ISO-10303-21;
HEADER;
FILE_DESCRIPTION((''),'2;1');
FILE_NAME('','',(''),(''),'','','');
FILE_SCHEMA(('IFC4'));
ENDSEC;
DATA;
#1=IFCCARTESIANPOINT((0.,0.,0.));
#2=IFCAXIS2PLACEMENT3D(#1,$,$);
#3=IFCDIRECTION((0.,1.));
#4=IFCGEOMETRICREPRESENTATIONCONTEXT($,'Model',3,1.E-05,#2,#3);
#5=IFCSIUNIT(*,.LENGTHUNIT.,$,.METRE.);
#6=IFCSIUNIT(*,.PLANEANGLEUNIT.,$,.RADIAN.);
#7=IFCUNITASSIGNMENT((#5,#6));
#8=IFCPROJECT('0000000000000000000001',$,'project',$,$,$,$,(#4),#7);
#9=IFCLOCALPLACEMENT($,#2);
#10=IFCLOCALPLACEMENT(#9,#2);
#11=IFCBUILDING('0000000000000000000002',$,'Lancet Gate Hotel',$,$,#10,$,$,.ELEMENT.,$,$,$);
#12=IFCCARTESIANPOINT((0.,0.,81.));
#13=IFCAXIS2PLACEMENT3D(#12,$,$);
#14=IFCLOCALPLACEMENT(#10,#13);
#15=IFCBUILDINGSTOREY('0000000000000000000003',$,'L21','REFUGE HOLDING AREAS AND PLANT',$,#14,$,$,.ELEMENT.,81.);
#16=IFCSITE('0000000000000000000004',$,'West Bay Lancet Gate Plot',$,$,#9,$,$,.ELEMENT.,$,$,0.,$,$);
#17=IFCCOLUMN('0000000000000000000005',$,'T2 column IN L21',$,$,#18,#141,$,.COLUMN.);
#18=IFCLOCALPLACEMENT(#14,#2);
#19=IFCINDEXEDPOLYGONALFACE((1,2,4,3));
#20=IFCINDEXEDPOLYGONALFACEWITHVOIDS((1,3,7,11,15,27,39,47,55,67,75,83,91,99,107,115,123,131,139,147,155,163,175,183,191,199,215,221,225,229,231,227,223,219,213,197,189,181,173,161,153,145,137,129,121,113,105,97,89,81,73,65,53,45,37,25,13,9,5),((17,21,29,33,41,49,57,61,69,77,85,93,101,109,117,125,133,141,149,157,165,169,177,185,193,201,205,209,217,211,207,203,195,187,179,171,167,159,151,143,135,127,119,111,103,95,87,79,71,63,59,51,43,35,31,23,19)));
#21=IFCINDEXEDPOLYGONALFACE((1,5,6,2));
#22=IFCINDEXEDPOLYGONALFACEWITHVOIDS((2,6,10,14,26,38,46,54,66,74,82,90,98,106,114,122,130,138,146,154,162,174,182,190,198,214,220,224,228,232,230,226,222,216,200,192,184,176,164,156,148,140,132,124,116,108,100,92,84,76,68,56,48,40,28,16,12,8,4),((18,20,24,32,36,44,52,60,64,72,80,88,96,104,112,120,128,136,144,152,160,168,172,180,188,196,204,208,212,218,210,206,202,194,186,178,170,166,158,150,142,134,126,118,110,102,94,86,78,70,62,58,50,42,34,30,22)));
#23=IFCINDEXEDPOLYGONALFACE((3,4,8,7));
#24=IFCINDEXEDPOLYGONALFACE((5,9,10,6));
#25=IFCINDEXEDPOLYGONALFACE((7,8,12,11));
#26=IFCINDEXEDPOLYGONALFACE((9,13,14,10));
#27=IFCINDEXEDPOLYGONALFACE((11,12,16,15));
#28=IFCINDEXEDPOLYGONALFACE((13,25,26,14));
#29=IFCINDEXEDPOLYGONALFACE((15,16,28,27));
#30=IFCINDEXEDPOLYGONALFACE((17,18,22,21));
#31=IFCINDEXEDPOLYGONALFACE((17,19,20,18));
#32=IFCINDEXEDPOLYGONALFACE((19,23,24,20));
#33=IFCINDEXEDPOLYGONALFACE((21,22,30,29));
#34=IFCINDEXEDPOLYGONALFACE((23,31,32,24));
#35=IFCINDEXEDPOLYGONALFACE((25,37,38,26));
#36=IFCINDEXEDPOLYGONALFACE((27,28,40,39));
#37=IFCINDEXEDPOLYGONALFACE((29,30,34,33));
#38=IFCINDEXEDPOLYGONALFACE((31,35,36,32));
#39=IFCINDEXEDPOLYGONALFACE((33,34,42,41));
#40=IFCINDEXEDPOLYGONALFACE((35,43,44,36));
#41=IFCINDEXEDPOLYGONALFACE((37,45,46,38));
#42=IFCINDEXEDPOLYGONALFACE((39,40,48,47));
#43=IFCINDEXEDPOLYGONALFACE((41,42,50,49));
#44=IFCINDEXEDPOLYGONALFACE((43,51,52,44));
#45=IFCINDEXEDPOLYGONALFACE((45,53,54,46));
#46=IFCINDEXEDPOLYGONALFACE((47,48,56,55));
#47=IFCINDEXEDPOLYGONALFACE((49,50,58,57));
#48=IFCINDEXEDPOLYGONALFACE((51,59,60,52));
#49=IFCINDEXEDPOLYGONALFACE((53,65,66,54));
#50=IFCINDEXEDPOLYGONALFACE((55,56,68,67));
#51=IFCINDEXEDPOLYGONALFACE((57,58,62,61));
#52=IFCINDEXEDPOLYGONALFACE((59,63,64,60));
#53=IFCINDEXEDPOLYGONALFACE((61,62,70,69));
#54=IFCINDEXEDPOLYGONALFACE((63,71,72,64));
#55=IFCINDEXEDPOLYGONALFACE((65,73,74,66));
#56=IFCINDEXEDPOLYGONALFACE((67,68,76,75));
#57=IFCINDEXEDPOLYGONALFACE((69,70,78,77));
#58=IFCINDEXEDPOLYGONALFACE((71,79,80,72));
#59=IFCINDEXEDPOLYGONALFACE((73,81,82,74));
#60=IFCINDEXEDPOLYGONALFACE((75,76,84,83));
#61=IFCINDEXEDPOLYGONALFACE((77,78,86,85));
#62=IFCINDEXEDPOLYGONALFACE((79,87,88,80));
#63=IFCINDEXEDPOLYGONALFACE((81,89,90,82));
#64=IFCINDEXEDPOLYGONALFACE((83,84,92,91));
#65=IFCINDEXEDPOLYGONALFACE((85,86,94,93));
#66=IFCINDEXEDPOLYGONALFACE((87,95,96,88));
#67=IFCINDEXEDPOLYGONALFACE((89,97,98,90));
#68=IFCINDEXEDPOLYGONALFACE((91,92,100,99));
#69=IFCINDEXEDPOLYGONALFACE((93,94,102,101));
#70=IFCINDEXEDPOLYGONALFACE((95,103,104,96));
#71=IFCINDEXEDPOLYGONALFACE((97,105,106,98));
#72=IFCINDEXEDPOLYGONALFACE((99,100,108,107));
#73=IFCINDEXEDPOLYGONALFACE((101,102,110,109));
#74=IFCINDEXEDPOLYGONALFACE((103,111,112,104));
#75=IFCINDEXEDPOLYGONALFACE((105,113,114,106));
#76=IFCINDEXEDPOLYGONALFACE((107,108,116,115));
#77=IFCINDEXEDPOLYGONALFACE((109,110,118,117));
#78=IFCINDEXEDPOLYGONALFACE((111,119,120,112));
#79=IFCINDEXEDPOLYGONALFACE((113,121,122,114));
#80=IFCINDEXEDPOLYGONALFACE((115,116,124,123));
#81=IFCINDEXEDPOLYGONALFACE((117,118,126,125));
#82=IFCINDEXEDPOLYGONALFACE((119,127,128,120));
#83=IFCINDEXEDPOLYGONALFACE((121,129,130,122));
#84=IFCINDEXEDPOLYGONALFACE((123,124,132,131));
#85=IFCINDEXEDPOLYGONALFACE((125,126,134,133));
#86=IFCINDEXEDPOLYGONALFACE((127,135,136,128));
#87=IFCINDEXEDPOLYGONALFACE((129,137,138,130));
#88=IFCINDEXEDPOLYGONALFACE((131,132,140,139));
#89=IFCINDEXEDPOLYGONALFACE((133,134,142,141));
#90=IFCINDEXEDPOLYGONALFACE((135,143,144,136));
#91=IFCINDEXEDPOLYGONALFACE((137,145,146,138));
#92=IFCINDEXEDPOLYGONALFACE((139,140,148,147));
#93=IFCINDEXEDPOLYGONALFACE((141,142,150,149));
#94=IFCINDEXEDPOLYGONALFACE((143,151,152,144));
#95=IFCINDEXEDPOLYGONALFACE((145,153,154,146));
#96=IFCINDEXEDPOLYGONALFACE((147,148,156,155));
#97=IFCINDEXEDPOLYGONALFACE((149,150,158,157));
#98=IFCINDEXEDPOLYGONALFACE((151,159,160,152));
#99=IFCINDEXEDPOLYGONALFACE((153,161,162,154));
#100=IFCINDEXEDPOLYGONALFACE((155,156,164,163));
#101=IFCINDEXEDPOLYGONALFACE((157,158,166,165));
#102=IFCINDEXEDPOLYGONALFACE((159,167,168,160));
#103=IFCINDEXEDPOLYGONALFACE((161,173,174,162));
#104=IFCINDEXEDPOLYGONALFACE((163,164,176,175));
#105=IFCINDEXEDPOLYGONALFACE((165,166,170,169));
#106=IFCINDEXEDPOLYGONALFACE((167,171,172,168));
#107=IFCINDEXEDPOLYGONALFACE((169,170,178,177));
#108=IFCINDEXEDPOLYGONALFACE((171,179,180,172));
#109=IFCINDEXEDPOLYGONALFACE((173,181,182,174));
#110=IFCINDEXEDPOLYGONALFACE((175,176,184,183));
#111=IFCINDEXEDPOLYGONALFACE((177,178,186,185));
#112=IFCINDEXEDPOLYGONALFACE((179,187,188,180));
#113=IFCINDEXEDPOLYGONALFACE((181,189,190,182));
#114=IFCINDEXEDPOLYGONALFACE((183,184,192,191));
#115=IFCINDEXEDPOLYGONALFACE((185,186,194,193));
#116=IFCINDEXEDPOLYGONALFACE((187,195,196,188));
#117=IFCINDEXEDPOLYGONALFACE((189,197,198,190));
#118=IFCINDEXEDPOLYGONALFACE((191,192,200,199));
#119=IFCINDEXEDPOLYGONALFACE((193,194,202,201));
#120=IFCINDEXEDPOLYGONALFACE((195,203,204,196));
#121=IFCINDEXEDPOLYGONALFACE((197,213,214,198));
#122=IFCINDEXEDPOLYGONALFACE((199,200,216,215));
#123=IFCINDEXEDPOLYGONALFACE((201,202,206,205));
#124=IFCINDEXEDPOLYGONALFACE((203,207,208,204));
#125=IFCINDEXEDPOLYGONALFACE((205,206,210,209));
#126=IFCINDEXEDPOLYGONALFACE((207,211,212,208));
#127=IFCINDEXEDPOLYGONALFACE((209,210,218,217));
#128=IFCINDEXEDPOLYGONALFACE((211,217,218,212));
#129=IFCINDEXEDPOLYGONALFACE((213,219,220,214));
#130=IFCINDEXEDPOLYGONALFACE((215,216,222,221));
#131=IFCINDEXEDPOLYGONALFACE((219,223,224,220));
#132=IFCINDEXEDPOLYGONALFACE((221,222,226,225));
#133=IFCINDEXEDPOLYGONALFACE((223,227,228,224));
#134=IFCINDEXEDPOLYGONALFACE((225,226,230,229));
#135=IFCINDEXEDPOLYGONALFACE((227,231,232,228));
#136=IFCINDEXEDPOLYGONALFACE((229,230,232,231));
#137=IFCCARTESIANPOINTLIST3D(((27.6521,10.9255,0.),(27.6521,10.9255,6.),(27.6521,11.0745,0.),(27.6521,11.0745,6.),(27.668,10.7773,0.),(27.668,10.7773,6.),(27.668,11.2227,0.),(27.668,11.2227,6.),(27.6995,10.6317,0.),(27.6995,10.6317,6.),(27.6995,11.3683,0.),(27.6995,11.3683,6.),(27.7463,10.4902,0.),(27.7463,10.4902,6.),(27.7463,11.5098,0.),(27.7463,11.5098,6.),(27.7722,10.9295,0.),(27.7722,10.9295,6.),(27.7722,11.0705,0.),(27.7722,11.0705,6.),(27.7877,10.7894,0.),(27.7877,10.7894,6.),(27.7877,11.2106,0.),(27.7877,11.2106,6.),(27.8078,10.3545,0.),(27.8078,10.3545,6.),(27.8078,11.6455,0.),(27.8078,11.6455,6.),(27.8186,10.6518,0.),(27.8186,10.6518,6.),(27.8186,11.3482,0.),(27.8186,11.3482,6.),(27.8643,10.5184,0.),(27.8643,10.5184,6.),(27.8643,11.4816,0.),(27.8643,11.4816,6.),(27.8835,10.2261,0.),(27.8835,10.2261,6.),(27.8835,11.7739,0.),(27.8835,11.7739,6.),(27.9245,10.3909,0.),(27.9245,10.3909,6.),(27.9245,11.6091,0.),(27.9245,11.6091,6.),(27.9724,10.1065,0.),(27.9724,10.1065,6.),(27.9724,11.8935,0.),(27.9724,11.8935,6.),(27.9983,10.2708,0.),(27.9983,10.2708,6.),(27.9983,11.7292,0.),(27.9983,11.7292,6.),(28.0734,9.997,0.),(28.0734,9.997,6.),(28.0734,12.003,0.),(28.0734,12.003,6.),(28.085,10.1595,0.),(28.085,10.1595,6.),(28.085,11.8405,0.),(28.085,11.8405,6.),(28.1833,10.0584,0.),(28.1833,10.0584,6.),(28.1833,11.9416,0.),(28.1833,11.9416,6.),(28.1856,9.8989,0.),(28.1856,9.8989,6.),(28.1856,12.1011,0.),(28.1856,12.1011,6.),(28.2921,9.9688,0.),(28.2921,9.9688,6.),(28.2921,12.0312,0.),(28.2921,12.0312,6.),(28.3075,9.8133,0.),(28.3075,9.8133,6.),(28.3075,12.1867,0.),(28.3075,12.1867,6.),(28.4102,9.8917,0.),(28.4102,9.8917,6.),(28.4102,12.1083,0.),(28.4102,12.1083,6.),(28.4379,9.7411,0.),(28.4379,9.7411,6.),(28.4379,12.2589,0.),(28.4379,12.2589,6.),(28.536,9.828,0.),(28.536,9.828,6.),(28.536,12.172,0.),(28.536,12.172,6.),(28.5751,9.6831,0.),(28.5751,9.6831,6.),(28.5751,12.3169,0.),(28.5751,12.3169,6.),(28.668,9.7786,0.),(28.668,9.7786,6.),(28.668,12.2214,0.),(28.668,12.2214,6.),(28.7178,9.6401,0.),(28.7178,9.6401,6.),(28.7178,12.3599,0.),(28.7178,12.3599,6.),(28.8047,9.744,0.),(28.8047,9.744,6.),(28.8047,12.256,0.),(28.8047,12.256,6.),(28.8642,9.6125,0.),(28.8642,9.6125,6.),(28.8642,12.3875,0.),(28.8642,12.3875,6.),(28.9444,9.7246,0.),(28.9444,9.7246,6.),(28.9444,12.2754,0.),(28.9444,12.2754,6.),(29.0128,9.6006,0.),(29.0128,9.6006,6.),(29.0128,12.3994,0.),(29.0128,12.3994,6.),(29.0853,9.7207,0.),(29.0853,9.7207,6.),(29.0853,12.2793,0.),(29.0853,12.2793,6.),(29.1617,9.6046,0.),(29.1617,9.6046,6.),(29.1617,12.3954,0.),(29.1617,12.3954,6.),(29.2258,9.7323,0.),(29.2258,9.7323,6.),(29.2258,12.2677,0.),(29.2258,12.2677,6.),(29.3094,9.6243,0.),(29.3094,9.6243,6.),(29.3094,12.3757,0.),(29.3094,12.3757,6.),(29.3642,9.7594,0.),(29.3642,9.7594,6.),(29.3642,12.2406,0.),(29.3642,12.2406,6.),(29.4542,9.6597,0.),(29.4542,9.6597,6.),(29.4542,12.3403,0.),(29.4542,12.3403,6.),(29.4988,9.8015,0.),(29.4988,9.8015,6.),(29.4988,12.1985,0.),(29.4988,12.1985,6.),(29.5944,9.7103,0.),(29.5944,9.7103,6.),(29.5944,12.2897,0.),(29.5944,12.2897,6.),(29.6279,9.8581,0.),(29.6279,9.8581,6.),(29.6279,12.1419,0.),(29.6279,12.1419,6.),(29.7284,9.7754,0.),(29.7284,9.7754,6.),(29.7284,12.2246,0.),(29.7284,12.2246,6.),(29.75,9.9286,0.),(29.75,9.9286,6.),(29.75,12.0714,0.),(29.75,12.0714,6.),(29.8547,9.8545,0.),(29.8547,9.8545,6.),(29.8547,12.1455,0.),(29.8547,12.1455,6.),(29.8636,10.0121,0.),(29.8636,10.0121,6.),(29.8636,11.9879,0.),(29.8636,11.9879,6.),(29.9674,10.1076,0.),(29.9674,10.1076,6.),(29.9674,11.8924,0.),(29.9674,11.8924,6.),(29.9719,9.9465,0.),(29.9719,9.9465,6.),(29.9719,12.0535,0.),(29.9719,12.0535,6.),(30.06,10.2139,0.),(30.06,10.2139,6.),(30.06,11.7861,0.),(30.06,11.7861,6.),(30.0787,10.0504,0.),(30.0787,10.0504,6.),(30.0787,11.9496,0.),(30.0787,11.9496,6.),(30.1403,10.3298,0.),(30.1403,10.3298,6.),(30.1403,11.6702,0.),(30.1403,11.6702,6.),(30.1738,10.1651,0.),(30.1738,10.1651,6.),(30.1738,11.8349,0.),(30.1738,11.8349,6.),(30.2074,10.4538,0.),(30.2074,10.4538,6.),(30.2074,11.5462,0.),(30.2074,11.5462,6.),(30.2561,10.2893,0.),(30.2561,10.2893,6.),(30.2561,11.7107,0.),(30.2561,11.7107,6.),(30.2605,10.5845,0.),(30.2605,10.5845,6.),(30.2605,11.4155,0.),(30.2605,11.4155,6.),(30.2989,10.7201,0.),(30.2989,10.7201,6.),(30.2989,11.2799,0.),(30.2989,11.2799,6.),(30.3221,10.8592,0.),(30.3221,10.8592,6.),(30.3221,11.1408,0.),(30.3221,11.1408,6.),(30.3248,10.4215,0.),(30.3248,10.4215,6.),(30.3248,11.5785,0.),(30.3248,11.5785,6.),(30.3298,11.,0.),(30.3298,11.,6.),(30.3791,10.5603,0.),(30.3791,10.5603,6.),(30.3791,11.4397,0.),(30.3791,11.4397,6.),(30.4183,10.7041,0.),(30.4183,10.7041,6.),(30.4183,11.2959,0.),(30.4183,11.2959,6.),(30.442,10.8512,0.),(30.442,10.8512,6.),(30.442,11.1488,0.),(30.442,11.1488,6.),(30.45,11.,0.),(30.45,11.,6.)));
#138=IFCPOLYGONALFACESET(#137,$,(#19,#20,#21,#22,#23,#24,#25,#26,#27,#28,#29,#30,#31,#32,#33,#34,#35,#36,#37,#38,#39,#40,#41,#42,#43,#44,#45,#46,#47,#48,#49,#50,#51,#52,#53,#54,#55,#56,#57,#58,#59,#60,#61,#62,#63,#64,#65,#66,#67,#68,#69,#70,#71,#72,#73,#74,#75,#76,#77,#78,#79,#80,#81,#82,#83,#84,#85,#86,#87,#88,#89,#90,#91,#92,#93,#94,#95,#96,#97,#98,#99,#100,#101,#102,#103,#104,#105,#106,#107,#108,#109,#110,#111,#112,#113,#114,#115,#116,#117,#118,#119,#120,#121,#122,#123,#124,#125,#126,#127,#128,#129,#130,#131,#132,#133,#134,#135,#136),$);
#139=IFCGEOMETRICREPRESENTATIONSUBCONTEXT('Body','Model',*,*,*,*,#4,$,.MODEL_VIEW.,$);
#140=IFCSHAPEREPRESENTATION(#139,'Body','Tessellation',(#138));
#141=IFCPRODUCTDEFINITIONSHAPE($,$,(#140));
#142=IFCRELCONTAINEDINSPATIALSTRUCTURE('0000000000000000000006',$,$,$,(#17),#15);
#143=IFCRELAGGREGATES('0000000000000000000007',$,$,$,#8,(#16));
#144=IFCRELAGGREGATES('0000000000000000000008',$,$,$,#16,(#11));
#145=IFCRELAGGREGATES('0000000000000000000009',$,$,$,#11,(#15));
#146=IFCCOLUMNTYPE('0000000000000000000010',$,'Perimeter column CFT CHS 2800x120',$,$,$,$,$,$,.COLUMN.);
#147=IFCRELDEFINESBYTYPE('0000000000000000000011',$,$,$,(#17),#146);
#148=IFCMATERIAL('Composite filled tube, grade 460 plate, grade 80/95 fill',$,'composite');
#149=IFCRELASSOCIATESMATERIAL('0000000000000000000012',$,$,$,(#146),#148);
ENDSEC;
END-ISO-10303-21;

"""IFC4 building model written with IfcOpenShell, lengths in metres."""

from ifc_helpers import new_model, si_unit, direction, frame, origin, origin_2d, place, context, subcontext, project, spatial, hollow_circle, extrude, material, material_profile, profile_set, type_object, element, save


model = new_model("IFC4")

# Units and contexts
model_context = context("Model", 3, precision=1e-05, world=origin(), true_north=direction((0.0, 1.0)))
body_context = subcontext(model_context, "Body", "Model", "MODEL_VIEW")
ifc_project = project(units=[si_unit("LENGTHUNIT", "METRE"), si_unit("PLANEANGLEUNIT", "RADIAN")], contexts=[model_context])

# Site, building, storey
site_placement = place(None, origin())
site = spatial("IfcSite", under=ifc_project, at=site_placement, Name="West Bay Lancet Gate Plot", CompositionType="ELEMENT", RefElevation=0.0)
building_placement = place(site_placement, origin())
building = spatial("IfcBuilding", under=site, at=building_placement, Name="Lancet Gate Hotel", CompositionType="ELEMENT")
storey_placement = place(building_placement, frame((0.0, 0.0, 81.0)))
storey = spatial("IfcBuildingStorey", under=building, at=storey_placement, Name="L21", Description="REFUGE HOLDING AREAS AND PLANT", CompositionType="ELEMENT", Elevation=81.0)

# Column
ifc_material_1 = material(Name="Composite filled tube, grade 460 plate, grade 80/95 fill", Category="composite")
ifc_material_profile_1 = material_profile(ifc_material_1, hollow_circle(Radius=1.3999, WallThickness=0.1201, at=origin_2d()), Name="CHS 2800x120")
ifc_profile_set_1 = profile_set([ifc_material_profile_1], Name="Composite filled tube, grade 460 plate, grade 80/95 fill")
column_type = type_object("IfcColumnType", Name="Perimeter column CFT CHS 2800x120", PredefinedType="COLUMN", material=ifc_profile_set_1)
for number, where, z_axis, x_axis, name in (
    (1, (29.05, 11.0, 0.0), (0.0, 0.0, 1.0), (1.0, 0.0, 0.0), "T2 column IN L21"),
):
    element("IfcColumn", number, at=place(storey_placement, frame(where, z_axis=z_axis, x_axis=x_axis)), inside=storey, type_object=column_type, Name=name, PredefinedType="COLUMN", context=body_context, shape_type="SweptSolid", body=[
        extrude(hollow_circle(Radius=1.3999, WallThickness=0.1201, at=origin_2d()), origin(), (0.0, 0.0, 1.0), 6.0),
    ])

save(model, "model.ifc")
